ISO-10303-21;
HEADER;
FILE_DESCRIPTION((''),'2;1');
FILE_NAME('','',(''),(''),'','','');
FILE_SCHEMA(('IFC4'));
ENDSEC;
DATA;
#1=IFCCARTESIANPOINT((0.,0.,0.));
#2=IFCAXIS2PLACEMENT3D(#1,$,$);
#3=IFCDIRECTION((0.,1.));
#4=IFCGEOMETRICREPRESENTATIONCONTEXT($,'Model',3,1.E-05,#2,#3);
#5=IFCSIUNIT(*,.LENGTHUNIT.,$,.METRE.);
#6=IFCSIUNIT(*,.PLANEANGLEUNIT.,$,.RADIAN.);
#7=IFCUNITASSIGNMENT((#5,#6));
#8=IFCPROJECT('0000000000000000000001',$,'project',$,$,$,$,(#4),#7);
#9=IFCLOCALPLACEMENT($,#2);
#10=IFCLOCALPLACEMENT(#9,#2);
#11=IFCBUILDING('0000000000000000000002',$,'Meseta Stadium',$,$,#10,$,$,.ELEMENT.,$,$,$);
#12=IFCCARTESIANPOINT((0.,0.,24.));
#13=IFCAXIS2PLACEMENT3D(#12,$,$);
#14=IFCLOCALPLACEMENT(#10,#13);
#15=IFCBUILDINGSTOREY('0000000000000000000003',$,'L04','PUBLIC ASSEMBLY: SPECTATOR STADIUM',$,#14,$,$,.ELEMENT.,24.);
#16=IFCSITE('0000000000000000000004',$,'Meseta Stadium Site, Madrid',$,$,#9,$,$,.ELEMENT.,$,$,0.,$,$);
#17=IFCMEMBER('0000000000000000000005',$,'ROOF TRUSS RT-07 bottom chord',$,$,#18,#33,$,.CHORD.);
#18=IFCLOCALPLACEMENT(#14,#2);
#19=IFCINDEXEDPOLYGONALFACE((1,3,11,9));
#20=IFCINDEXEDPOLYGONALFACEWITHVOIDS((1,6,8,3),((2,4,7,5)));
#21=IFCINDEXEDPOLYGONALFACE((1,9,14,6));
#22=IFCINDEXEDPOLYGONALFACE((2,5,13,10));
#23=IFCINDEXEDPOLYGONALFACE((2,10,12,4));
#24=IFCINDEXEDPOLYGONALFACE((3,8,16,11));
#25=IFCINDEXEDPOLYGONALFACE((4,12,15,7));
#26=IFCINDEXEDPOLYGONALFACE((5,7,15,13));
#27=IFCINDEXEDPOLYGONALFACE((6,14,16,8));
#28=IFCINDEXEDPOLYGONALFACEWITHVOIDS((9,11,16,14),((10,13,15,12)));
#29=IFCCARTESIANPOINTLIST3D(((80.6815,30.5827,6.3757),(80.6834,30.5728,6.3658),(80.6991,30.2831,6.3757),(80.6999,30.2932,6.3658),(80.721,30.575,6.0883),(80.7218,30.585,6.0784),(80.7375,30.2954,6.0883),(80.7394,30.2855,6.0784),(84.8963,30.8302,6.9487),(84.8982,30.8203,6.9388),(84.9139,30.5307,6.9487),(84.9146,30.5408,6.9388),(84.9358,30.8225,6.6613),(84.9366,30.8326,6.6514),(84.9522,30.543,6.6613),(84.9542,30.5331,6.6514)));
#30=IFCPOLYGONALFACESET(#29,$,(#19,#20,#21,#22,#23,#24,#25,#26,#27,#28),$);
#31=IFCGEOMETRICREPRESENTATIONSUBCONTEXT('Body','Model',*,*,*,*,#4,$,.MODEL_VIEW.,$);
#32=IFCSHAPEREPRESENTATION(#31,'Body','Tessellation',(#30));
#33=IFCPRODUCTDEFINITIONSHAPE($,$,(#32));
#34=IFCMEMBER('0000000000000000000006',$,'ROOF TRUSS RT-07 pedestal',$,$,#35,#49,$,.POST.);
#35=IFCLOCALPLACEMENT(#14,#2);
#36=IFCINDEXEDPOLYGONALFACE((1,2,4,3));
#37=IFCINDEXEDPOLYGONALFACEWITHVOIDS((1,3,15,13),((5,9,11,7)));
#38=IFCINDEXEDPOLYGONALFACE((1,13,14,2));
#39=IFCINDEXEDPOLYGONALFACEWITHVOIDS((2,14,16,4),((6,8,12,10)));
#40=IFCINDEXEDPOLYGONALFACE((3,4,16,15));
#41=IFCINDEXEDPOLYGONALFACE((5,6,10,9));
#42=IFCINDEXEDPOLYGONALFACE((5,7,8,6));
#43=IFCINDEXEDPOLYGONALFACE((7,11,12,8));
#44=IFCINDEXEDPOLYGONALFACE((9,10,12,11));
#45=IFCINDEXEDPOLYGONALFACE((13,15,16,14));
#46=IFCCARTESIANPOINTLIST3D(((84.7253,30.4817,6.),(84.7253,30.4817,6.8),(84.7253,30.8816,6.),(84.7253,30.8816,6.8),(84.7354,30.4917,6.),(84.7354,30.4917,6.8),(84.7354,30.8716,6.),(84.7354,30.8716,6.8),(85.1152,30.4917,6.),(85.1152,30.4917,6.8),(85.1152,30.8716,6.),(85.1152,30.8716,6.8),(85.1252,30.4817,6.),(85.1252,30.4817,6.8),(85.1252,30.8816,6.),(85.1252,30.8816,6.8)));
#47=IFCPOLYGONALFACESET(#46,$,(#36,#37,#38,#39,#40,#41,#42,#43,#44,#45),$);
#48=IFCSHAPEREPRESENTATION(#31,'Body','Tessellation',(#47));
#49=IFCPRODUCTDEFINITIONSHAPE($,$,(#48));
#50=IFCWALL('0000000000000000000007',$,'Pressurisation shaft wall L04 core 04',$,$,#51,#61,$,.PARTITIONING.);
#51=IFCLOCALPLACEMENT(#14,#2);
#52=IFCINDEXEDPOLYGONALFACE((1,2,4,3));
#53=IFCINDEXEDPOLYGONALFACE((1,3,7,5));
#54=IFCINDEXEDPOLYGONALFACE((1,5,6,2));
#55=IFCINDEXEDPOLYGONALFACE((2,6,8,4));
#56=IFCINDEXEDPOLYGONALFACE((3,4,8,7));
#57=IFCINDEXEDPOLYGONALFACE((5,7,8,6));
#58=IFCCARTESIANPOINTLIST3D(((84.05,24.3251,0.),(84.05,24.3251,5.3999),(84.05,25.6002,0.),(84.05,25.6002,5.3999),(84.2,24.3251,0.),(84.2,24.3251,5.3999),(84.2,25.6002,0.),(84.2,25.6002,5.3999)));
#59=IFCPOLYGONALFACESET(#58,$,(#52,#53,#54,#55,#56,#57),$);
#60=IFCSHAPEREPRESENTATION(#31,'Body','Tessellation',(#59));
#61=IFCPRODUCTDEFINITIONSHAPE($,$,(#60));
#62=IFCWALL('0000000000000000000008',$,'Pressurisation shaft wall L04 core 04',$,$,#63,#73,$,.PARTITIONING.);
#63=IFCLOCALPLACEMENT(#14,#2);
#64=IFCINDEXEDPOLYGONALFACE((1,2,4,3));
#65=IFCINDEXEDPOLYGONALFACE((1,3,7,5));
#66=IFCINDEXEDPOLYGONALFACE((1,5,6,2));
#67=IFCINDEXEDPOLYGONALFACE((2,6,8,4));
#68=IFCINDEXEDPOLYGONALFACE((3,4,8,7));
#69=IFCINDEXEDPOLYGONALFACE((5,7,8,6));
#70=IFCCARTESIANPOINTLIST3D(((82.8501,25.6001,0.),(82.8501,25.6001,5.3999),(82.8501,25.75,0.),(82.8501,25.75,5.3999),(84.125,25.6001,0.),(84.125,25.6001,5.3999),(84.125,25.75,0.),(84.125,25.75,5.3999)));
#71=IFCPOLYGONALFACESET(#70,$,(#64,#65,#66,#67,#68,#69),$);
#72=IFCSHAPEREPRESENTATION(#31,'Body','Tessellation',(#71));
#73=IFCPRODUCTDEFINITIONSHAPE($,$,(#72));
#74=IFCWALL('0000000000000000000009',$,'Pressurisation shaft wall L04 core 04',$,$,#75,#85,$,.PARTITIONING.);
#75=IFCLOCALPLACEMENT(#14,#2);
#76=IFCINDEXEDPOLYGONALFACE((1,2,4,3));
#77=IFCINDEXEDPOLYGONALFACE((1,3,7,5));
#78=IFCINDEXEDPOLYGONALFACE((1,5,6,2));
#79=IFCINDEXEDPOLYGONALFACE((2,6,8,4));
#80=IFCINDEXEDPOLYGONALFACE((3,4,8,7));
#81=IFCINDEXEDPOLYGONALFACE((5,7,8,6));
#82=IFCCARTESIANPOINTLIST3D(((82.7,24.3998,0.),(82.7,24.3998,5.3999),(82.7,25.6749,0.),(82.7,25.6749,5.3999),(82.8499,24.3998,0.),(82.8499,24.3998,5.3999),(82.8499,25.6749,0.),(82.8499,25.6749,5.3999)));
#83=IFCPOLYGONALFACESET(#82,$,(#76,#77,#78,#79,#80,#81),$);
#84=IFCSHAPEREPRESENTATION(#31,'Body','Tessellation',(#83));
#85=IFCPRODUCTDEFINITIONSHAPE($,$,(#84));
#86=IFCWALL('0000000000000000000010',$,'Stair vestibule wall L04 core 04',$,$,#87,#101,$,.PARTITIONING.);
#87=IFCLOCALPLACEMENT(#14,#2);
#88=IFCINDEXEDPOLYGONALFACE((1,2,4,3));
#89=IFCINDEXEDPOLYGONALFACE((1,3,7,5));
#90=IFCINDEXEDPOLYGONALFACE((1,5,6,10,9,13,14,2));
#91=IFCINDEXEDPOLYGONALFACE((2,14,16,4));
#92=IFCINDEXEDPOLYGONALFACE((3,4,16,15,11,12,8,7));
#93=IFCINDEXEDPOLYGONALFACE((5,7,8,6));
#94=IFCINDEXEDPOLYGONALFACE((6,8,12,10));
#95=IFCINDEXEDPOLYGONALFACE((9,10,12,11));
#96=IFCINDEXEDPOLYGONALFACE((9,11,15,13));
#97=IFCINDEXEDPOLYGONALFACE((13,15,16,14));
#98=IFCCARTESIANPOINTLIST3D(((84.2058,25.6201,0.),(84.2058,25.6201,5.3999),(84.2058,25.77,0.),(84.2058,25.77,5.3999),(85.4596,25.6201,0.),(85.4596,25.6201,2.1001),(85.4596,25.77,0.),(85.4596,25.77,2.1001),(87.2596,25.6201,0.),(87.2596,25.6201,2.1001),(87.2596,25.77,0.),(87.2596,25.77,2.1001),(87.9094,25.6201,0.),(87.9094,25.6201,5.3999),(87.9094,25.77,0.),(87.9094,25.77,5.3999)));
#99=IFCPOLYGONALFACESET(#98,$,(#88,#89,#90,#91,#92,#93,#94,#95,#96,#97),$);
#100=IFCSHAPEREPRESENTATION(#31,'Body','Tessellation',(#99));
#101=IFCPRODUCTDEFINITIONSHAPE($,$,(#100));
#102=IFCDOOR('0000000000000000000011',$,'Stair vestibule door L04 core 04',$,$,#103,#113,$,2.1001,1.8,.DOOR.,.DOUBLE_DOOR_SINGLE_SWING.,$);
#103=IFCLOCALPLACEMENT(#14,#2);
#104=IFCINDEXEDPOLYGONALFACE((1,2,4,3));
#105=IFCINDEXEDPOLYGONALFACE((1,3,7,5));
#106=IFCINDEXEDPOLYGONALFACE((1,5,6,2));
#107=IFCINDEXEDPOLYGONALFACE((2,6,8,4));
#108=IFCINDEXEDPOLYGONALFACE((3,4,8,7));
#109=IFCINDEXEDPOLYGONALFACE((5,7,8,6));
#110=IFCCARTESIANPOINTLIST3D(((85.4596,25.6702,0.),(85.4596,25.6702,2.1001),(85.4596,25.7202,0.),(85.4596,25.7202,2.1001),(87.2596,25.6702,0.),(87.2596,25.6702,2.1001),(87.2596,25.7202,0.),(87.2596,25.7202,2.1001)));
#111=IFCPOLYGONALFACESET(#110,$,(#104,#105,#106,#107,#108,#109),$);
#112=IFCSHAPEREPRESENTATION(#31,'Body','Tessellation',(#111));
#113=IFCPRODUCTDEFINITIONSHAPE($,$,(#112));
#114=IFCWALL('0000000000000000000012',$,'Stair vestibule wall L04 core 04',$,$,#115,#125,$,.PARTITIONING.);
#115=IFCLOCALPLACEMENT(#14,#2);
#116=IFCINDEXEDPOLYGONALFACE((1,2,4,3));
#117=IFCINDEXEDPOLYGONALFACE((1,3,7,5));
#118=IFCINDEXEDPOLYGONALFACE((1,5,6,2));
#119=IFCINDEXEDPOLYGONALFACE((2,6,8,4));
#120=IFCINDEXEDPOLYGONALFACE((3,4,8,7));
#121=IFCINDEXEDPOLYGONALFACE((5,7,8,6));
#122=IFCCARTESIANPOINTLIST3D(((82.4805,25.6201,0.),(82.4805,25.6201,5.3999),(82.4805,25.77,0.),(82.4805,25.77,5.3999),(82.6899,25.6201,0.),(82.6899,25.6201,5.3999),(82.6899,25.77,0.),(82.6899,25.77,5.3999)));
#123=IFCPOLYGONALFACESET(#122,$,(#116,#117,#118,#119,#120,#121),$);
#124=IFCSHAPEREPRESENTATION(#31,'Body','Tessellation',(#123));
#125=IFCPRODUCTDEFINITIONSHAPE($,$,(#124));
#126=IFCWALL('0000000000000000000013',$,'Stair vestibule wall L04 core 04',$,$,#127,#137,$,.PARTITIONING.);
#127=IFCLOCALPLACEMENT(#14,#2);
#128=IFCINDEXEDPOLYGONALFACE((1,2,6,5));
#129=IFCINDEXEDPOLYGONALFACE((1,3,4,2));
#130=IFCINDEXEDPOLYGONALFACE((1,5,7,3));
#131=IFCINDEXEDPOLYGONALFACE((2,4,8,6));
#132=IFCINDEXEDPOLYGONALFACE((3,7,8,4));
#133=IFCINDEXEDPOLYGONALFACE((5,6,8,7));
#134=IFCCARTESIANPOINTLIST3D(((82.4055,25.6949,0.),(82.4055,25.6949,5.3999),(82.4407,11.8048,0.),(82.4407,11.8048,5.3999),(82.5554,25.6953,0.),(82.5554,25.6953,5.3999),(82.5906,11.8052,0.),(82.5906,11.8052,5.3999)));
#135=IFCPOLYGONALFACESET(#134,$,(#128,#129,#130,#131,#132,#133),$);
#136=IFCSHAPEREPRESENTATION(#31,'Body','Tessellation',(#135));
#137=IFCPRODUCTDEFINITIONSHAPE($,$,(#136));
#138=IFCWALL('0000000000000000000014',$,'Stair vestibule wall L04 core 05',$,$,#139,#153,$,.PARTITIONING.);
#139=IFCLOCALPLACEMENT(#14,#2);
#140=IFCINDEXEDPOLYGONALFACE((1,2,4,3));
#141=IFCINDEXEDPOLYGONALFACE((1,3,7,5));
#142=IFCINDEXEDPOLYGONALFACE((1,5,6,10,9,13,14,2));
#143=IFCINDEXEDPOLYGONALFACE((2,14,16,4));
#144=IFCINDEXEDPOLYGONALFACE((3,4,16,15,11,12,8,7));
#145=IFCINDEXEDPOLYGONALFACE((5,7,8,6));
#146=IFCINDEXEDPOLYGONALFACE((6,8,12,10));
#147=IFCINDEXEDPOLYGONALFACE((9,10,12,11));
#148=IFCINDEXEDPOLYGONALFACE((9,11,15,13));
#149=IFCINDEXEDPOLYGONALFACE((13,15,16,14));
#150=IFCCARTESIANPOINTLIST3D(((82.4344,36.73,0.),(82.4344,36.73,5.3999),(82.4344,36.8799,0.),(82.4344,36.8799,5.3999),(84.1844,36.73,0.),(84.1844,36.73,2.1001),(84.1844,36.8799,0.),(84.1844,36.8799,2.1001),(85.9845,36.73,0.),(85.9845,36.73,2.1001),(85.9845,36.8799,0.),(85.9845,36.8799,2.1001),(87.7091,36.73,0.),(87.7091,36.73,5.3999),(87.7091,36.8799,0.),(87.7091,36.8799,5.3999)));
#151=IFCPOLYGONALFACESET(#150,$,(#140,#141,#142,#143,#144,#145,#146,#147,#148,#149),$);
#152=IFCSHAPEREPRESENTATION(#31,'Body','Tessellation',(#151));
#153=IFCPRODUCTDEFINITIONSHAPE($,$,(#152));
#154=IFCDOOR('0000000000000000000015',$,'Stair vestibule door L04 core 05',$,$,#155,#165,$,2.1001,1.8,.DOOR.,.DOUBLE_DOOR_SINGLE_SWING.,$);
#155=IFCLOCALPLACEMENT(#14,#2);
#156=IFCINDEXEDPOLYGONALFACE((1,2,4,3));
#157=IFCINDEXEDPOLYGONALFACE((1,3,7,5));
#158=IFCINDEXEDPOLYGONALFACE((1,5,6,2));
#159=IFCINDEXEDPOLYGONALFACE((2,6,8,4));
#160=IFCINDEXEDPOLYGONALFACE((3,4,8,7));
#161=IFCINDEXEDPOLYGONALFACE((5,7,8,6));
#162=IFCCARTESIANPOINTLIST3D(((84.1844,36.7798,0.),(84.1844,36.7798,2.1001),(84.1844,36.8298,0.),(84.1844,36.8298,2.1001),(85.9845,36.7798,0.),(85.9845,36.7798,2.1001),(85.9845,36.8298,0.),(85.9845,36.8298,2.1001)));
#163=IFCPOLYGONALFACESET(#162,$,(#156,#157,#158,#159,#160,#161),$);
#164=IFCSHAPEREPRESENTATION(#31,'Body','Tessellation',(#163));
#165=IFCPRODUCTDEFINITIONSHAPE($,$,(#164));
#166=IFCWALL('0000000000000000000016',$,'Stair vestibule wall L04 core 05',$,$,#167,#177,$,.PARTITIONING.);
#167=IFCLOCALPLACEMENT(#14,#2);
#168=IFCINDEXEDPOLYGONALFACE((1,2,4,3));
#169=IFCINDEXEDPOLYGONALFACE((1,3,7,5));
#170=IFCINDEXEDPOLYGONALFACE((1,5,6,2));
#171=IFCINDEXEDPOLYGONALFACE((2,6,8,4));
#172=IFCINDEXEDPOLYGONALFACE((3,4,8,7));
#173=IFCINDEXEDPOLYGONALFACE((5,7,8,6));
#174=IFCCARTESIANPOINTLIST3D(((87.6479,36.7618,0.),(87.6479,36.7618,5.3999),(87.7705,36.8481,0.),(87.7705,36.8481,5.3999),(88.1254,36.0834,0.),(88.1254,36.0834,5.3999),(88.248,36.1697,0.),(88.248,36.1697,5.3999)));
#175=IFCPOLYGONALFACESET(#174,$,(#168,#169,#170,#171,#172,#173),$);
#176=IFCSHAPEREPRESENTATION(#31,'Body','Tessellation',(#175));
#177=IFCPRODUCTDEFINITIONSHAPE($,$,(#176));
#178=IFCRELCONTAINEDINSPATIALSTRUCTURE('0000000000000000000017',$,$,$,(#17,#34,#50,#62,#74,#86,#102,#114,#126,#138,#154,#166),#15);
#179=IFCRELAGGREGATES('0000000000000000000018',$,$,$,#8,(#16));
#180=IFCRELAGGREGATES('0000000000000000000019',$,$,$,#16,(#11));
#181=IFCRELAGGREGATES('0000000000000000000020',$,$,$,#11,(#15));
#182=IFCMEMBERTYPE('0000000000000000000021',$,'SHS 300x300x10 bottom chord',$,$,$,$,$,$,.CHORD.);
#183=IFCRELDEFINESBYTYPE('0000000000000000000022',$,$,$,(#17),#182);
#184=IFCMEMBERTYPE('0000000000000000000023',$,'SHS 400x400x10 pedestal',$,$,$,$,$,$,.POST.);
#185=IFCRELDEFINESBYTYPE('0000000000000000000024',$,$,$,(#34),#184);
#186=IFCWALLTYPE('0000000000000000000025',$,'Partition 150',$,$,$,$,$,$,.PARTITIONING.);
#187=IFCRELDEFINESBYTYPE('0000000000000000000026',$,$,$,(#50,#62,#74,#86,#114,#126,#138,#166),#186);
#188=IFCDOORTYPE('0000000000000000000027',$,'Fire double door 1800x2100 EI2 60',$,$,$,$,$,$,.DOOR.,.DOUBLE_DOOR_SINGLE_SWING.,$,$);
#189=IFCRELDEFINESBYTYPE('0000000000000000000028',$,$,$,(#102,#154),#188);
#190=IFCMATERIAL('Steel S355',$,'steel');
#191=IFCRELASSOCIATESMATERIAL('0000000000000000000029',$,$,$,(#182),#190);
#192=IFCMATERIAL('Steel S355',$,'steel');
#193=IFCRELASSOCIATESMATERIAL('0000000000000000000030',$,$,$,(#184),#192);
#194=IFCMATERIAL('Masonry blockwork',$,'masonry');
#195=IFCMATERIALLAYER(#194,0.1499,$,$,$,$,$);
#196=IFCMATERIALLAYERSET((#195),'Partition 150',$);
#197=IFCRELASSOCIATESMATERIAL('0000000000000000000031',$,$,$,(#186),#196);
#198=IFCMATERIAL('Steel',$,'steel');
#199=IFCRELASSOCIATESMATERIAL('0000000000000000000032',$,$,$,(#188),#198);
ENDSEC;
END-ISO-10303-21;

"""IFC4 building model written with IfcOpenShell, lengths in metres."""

from ifc_helpers import new_model, si_unit, direction, frame, frame_2d, origin, origin_2d, place, context, subcontext, project, spatial, rectangle, hollow_rectangle, extrude, material, layer, layer_set, material_profile, profile_set, type_object, element, fill, save


model = new_model("IFC4")

# Units and contexts
model_context = context("Model", 3, precision=1e-05, world=origin(), true_north=direction((0.0, 1.0)))
body_context = subcontext(model_context, "Body", "Model", "MODEL_VIEW")
ifc_project = project(units=[si_unit("LENGTHUNIT", "METRE"), si_unit("PLANEANGLEUNIT", "RADIAN")], contexts=[model_context])

# Site, building, storey
site_placement = place(None, origin())
site = spatial("IfcSite", under=ifc_project, at=site_placement, Name="Meseta Stadium Site, Madrid", CompositionType="ELEMENT", RefElevation=0.0)
building_placement = place(site_placement, origin())
building = spatial("IfcBuilding", under=site, at=building_placement, Name="Meseta Stadium", CompositionType="ELEMENT")
storey_placement = place(building_placement, frame((0.0, 0.0, 24.0)))
storey = spatial("IfcBuildingStorey", under=building, at=storey_placement, Name="L04", Description="PUBLIC ASSEMBLY: SPECTATOR STADIUM", CompositionType="ELEMENT", Elevation=24.0)

# Members
ifc_material_1 = material(Name="Steel S355", Category="steel")
ifc_material_profile_1 = material_profile(ifc_material_1, hollow_rectangle(XDim=0.3, YDim=0.3, WallThickness=0.01, at=origin_2d()), Name="SHS 300x300x10")
ifc_profile_set_1 = profile_set([ifc_material_profile_1], Name="Steel S355")
member_type_1 = type_object("IfcMemberType", Name="SHS 300x300x10 bottom chord", PredefinedType="CHORD", material=ifc_profile_set_1)
member_1_placement = place(storey_placement, frame((80.7104, 30.4341, 6.2271), z_axis=(0.989211, 0.058101, 0.134481), x_axis=(-0.058634, 0.99828, 0.0)))
element("IfcMember", 1, at=member_1_placement, inside=storey, type_object=member_type_1, Name="ROOF TRUSS RT-07 bottom chord", PredefinedType="CHORD", context=body_context, shape_type="SweptSolid", body=[
    extrude(hollow_rectangle(XDim=0.3, YDim=0.3, WallThickness=0.01, at=origin_2d()), origin(), (0.0, 0.0, 1.0), 4.2607),
])
ifc_material_2 = material(Name="Steel S355", Category="steel")
ifc_material_profile_2 = material_profile(ifc_material_2, hollow_rectangle(XDim=0.3999, YDim=0.3999, WallThickness=0.01, at=origin_2d()), Name="SHS 400x400x10")
ifc_profile_set_2 = profile_set([ifc_material_profile_2], Name="Steel S355")
member_type_2 = type_object("IfcMemberType", Name="SHS 400x400x10 pedestal", PredefinedType="POST", material=ifc_profile_set_2)
member_2_placement = place(storey_placement, frame((84.9253, 30.6816, 6.0), z_axis=(0.0, 0.0, 1.0), x_axis=(1.0, 0.0, 0.0)))
element("IfcMember", 2, at=member_2_placement, inside=storey, type_object=member_type_2, Name="ROOF TRUSS RT-07 pedestal", PredefinedType="POST", context=body_context, shape_type="SweptSolid", body=[
    extrude(hollow_rectangle(XDim=0.3999, YDim=0.3999, WallThickness=0.01, at=origin_2d()), origin(), (0.0, 0.0, 1.0), 0.8),
])

# Walls
ifc_material_3 = material(Name="Masonry blockwork", Category="masonry")
ifc_layer = layer(ifc_material_3, 0.1499)
ifc_layer_set = layer_set([ifc_layer], Name="Partition 150")
wall_type = type_object("IfcWallType", Name="Partition 150", PredefinedType="PARTITIONING", material=ifc_layer_set)
wall_1_placement = place(storey_placement, frame((84.125, 24.325, 0.0), z_axis=(0.0, 0.0, 1.0), x_axis=(0.0, 1.0, 0.0)))
element("IfcWall", 3, at=wall_1_placement, inside=storey, type_object=wall_type, Name="Pressurisation shaft wall L04 core 04", PredefinedType="PARTITIONING", context=body_context, shape_type="SweptSolid", body=[
    extrude(rectangle(XDim=1.2751, YDim=0.1499, at=frame_2d((0.6377, 0.0))), origin(), (0.0, 0.0, 1.0), 5.3999),
])
wall_2_placement = place(storey_placement, frame((84.125, 25.675, 0.0), z_axis=(0.0, 0.0, 1.0), x_axis=(-1.0, 0.0, 0.0)))
element("IfcWall", 4, at=wall_2_placement, inside=storey, type_object=wall_type, Name="Pressurisation shaft wall L04 core 04", PredefinedType="PARTITIONING", context=body_context, shape_type="SweptSolid", body=[
    extrude(rectangle(XDim=1.2749, YDim=0.1499, at=frame_2d((0.6375, 0.0))), origin(), (0.0, 0.0, 1.0), 5.3999),
])
wall_3_placement = place(storey_placement, frame((82.7749, 25.675, 0.0), z_axis=(0.0, 0.0, 1.0), x_axis=(0.0, -1.0, 0.0)))
element("IfcWall", 5, at=wall_3_placement, inside=storey, type_object=wall_type, Name="Pressurisation shaft wall L04 core 04", PredefinedType="PARTITIONING", context=body_context, shape_type="SweptSolid", body=[
    extrude(rectangle(XDim=1.2751, YDim=0.1499, at=frame_2d((0.6377, 0.0))), origin(), (0.0, 0.0, 1.0), 5.3999),
])

# Wall, opening, door
wall_4_placement = place(storey_placement, frame((87.9094, 25.6951, 0.0), z_axis=(0.0, 0.0, 1.0), x_axis=(-1.0, 0.0, 0.0)))
wall_4 = element("IfcWall", 6, at=wall_4_placement, inside=storey, type_object=wall_type, Name="Stair vestibule wall L04 core 04", PredefinedType="PARTITIONING", context=body_context, shape_type="SweptSolid", body=[
    extrude(rectangle(XDim=3.7036, YDim=0.1499, at=frame_2d((1.8518, 0.0))), origin(), (0.0, 0.0, 1.0), 5.3999),
])
opening_1_placement = place(wall_4_placement, frame((0.6499, 0.0, 0.0)))
opening_1 = element("IfcOpeningElement", 7, at=opening_1_placement, cuts=wall_4, PredefinedType="OPENING", context=body_context, shape_type="SweptSolid", body=[
    extrude(rectangle(XDim=1.8, YDim=2.1001, at=frame_2d((0.8999, 1.05))), frame((0.0, 0.085, 0.0), z_axis=(0.0, -1.0, 0.0), x_axis=(1.0, 0.0, 0.0)), (0.0, 0.0, 1.0), 0.1699),
])
ifc_material_4 = material(Name="Steel", Category="steel")
door_type = type_object("IfcDoorType", Name="Fire double door 1800x2100 EI2 60", OperationType="DOUBLE_DOOR_SINGLE_SWING", PredefinedType="DOOR", material=ifc_material_4)
door_1_placement = place(opening_1_placement, origin())
door_1 = element("IfcDoor", 8, at=door_1_placement, inside=storey, type_object=door_type, Name="Stair vestibule door L04 core 04", OperationType="DOUBLE_DOOR_SINGLE_SWING", OverallHeight=2.1001, OverallWidth=1.8, PredefinedType="DOOR", context=body_context, shape_type="SweptSolid", body=[
    extrude(rectangle(XDim=1.8, YDim=2.1001, at=frame_2d((0.8999, 1.05))), frame((0.0, 0.0249, 0.0), z_axis=(0.0, -1.0, 0.0), x_axis=(1.0, 0.0, 0.0)), (0.0, 0.0, 1.0), 0.05),
])
fill(opening_1, door_1)

# Walls
wall_5_placement = place(storey_placement, frame((82.6899, 25.6951, 0.0), z_axis=(0.0, 0.0, 1.0), x_axis=(-1.0, 0.0, 0.0)))
element("IfcWall", 9, at=wall_5_placement, inside=storey, type_object=wall_type, Name="Stair vestibule wall L04 core 04", PredefinedType="PARTITIONING", context=body_context, shape_type="SweptSolid", body=[
    extrude(rectangle(XDim=0.2095, YDim=0.1499, at=frame_2d((0.1047, 0.0))), origin(), (0.0, 0.0, 1.0), 5.3999),
])
wall_6_placement = place(storey_placement, frame((82.4805, 25.6951, 0.0), z_axis=(0.0, 0.0, 1.0), x_axis=(0.002531, -0.999997, 0.0)))
element("IfcWall", 10, at=wall_6_placement, inside=storey, type_object=wall_type, Name="Stair vestibule wall L04 core 04", PredefinedType="PARTITIONING", context=body_context, shape_type="SweptSolid", body=[
    extrude(rectangle(XDim=13.8901, YDim=0.1499, at=frame_2d((6.9451, 0.0))), origin(), (0.0, 0.0, 1.0), 5.3999),
])

# Wall, opening, door
wall_7_placement = place(storey_placement, frame((82.4346, 36.8049, 0.0), z_axis=(0.0, 0.0, 1.0), x_axis=(1.0, 0.0, 0.0)))
wall_7 = element("IfcWall", 11, at=wall_7_placement, inside=storey, type_object=wall_type, Name="Stair vestibule wall L04 core 05", PredefinedType="PARTITIONING", context=body_context, shape_type="SweptSolid", body=[
    extrude(rectangle(XDim=5.2747, YDim=0.1499, at=frame_2d((2.6372, 0.0))), origin(), (0.0, 0.0, 1.0), 5.3999),
])
opening_2_placement = place(wall_7_placement, frame((1.75, 0.0, 0.0)))
opening_2 = element("IfcOpeningElement", 12, at=opening_2_placement, cuts=wall_7, PredefinedType="OPENING", context=body_context, shape_type="SweptSolid", body=[
    extrude(rectangle(XDim=1.8, YDim=2.1001, at=frame_2d((0.8999, 1.05))), frame((0.0, 0.085, 0.0), z_axis=(0.0, -1.0, 0.0), x_axis=(1.0, 0.0, 0.0)), (0.0, 0.0, 1.0), 0.1699),
])
door_2_placement = place(opening_2_placement, origin())
door_2 = element("IfcDoor", 13, at=door_2_placement, inside=storey, type_object=door_type, Name="Stair vestibule door L04 core 05", OperationType="DOUBLE_DOOR_SINGLE_SWING", OverallHeight=2.1001, OverallWidth=1.8, PredefinedType="DOOR", context=body_context, shape_type="SweptSolid", body=[
    extrude(rectangle(XDim=1.8, YDim=2.1001, at=frame_2d((0.8999, 1.05))), frame((0.0, 0.0249, 0.0), z_axis=(0.0, -1.0, 0.0), x_axis=(1.0, 0.0, 0.0)), (0.0, 0.0, 1.0), 0.05),
])
fill(opening_2, door_2)

# Wall
wall_8_placement = place(storey_placement, frame((87.7092, 36.8049, 0.0), z_axis=(0.0, 0.0, 1.0), x_axis=(0.575574, -0.81775, 0.0)))
element("IfcWall", 14, at=wall_8_placement, inside=storey, type_object=wall_type, Name="Stair vestibule wall L04 core 05", PredefinedType="PARTITIONING", context=body_context, shape_type="SweptSolid", body=[
    extrude(rectangle(XDim=0.8296, YDim=0.1499, at=frame_2d((0.4148, 0.0))), origin(), (0.0, 0.0, 1.0), 5.3999),
])

save(model, "model.ifc")
